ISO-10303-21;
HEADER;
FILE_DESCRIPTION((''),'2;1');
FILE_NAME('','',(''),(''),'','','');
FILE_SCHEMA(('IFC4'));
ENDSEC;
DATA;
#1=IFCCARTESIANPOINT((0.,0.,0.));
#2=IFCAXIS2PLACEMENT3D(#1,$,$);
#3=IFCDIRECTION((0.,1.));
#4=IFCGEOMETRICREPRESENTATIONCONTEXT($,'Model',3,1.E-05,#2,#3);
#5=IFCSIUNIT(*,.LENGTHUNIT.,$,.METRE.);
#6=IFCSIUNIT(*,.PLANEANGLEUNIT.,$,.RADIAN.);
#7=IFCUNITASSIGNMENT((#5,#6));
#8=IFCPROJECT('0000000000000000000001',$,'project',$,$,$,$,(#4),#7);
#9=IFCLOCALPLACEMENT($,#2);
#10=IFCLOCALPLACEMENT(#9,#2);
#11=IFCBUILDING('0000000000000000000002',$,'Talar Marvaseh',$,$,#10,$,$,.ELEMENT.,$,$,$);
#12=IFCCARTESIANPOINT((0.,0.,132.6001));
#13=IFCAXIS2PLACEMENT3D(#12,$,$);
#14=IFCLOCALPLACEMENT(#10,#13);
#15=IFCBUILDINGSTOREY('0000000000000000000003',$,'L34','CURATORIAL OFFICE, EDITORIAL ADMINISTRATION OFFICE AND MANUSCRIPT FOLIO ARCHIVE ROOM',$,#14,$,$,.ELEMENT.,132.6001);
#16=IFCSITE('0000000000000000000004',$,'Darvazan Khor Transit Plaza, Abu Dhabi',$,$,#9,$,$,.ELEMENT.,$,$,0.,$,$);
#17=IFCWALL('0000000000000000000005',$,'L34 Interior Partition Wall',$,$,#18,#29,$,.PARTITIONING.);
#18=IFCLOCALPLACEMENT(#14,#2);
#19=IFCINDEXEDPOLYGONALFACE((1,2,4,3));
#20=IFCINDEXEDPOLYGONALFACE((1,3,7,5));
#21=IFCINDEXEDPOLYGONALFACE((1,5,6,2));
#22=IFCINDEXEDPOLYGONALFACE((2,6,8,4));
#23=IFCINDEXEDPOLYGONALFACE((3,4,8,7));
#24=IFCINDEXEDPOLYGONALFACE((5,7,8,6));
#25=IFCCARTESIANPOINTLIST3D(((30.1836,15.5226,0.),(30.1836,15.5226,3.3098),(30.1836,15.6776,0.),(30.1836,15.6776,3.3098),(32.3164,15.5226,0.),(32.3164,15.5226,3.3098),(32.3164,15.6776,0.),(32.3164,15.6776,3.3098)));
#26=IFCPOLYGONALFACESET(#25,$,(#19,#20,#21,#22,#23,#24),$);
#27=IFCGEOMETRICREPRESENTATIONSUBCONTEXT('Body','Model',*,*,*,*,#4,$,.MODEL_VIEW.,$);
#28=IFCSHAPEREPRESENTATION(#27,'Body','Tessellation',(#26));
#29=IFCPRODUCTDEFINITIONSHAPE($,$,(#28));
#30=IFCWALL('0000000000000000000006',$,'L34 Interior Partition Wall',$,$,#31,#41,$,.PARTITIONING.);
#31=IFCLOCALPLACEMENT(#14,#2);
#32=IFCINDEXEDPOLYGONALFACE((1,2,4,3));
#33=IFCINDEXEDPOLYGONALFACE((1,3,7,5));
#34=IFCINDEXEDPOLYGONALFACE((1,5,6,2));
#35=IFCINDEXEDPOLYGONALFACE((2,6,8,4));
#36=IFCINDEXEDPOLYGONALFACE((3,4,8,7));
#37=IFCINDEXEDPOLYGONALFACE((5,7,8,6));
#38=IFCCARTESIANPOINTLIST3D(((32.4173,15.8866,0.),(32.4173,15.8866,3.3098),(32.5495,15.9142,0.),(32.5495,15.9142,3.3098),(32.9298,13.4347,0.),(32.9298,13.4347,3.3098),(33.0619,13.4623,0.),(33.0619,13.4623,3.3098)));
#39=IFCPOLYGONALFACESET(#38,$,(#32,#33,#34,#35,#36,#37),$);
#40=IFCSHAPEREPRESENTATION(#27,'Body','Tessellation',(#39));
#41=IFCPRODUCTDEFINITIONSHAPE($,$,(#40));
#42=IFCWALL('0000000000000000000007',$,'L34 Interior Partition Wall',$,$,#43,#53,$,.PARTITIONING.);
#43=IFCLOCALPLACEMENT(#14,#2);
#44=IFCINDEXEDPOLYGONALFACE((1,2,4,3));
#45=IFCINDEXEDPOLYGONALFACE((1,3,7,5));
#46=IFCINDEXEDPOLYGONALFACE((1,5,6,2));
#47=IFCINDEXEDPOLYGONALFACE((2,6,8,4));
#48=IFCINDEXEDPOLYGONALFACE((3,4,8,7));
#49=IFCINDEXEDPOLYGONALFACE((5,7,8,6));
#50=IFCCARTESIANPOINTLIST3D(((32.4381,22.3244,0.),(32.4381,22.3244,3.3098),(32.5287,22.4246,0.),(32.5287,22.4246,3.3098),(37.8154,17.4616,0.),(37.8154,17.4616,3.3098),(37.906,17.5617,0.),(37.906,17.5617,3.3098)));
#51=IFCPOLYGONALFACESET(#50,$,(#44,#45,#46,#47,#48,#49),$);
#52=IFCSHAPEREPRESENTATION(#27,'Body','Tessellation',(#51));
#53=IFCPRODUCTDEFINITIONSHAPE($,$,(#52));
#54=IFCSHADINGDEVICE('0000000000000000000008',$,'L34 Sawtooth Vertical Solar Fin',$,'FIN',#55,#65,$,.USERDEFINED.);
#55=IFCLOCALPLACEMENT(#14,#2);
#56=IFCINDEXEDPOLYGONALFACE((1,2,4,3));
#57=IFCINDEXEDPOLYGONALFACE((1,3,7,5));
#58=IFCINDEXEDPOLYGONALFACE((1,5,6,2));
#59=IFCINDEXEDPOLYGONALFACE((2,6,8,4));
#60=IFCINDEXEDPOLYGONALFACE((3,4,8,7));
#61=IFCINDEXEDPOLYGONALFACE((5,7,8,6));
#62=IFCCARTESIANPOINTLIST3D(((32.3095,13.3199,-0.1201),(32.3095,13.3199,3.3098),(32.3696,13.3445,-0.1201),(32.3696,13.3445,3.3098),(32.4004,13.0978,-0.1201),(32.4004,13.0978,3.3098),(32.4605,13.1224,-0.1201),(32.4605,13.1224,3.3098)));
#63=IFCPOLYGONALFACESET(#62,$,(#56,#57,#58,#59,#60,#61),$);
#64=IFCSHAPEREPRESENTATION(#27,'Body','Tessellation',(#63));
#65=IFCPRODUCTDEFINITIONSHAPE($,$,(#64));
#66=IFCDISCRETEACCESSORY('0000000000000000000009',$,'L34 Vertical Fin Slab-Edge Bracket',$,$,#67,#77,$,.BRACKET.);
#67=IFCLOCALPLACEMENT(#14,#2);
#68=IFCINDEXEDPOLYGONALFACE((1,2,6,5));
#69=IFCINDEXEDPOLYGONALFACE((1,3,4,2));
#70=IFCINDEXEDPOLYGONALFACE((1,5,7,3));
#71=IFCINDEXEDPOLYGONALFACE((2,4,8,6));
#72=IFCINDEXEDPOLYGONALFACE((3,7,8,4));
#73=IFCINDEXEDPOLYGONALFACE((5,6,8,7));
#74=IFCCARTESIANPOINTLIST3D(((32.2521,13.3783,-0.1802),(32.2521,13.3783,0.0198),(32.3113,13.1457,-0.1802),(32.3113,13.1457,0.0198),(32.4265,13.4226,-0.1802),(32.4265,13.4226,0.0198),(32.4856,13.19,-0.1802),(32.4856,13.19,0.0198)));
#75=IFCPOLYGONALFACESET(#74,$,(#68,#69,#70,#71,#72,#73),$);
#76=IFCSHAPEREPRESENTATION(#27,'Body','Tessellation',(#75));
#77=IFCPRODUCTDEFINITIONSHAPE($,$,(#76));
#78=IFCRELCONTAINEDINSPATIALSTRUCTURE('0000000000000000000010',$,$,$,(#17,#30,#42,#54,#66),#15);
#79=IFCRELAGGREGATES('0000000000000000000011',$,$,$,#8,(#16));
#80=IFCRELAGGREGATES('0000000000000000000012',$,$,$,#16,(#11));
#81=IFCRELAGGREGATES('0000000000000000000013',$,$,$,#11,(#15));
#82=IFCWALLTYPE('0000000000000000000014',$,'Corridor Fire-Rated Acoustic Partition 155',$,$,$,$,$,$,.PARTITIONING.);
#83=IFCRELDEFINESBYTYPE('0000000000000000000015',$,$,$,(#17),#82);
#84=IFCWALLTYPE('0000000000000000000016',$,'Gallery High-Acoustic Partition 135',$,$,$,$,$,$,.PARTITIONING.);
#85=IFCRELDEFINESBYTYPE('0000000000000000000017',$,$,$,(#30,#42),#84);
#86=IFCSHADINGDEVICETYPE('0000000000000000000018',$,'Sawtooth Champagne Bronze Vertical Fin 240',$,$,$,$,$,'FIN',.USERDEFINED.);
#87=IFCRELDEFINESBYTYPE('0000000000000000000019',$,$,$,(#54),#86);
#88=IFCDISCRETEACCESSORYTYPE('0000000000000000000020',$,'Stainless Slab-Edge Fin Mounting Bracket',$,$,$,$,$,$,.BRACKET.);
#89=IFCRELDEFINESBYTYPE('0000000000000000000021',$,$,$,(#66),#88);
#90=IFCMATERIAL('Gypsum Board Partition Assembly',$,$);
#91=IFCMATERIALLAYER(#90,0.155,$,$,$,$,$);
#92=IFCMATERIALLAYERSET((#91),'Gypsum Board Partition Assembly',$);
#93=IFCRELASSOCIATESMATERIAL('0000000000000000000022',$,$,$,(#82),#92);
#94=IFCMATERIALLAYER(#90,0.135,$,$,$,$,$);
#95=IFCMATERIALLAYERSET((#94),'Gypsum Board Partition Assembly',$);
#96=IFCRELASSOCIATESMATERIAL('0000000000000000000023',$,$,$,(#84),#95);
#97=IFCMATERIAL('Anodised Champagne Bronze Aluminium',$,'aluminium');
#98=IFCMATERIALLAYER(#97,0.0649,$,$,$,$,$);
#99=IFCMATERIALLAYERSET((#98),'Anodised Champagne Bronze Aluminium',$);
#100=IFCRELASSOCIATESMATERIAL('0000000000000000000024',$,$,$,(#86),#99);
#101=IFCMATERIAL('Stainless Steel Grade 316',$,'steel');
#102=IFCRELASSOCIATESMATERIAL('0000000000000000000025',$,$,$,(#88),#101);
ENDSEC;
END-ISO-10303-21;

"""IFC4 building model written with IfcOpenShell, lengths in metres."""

from ifc_helpers import new_model, si_unit, direction, frame, frame_2d, origin, origin_2d, place, context, subcontext, project, spatial, rectangle, extrude, source, transform, mapped, material, layer, layer_set, type_object, type_shapes, element, save


model = new_model("IFC4")

# Units and contexts
model_context = context("Model", 3, precision=1e-05, world=origin(), true_north=direction((0.0, 1.0)))
body_context = subcontext(model_context, "Body", "Model", "MODEL_VIEW")
ifc_project = project(units=[si_unit("LENGTHUNIT", "METRE"), si_unit("PLANEANGLEUNIT", "RADIAN")], contexts=[model_context])

# Site, building, storey
site_placement = place(None, origin())
site = spatial("IfcSite", under=ifc_project, at=site_placement, Name="Darvazan Khor Transit Plaza, Abu Dhabi", CompositionType="ELEMENT", RefElevation=0.0)
building_placement = place(site_placement, origin())
building = spatial("IfcBuilding", under=site, at=building_placement, Name="Talar Marvaseh", CompositionType="ELEMENT")
storey_placement = place(building_placement, frame((0.0, 0.0, 132.6001)))
storey = spatial("IfcBuildingStorey", under=building, at=storey_placement, Name="L34", Description="CURATORIAL OFFICE, EDITORIAL ADMINISTRATION OFFICE AND MANUSCRIPT FOLIO ARCHIVE ROOM", CompositionType="ELEMENT", Elevation=132.6001)

# Shared definitions
ifc_material_1 = material(Name="Gypsum Board Partition Assembly")
ifc_layer_1 = layer(ifc_material_1, 0.155)
ifc_layer_set_1 = layer_set([ifc_layer_1], Name="Gypsum Board Partition Assembly")
wall_type_1 = type_object("IfcWallType", Name="Corridor Fire-Rated Acoustic Partition 155", PredefinedType="PARTITIONING", material=ifc_layer_set_1)

# Walls
wall_1_placement = place(storey_placement, frame((32.3164, 15.6001, 0.0), z_axis=(0.0, 0.0, 1.0), x_axis=(-1.0, 0.0, 0.0)))
element("IfcWall", 1, at=wall_1_placement, inside=storey, type_object=wall_type_1, Name="L34 Interior Partition Wall", PredefinedType="PARTITIONING", context=body_context, shape_type="SweptSolid", body=[
    extrude(rectangle(XDim=2.1328, YDim=0.155, at=frame_2d((1.0664, 0.0))), origin(), (0.0, 0.0, 1.0), 3.3098),
])
ifc_layer_2 = layer(ifc_material_1, 0.135)
ifc_layer_set_2 = layer_set([ifc_layer_2], Name="Gypsum Board Partition Assembly")
wall_type_2 = type_object("IfcWallType", Name="Gallery High-Acoustic Partition 135", PredefinedType="PARTITIONING", material=ifc_layer_set_2)
wall_2_placement = place(storey_placement, frame((32.4834, 15.9004, 0.0), z_axis=(0.0, 0.0, 1.0), x_axis=(0.204581, -0.97885, 0.0)))
element("IfcWall", 2, at=wall_2_placement, inside=storey, type_object=wall_type_2, Name="L34 Interior Partition Wall", PredefinedType="PARTITIONING", context=body_context, shape_type="SweptSolid", body=[
    extrude(rectangle(XDim=2.5049, YDim=0.135, at=frame_2d((1.2524, 0.0))), origin(), (0.0, 0.0, 1.0), 3.3098),
])
wall_3_placement = place(storey_placement, frame((32.4834, 22.3745, 0.0), z_axis=(0.0, 0.0, 1.0), x_axis=(0.741693, -0.67074, 0.0)))
element("IfcWall", 3, at=wall_3_placement, inside=storey, type_object=wall_type_2, Name="L34 Interior Partition Wall", PredefinedType="PARTITIONING", context=body_context, shape_type="SweptSolid", body=[
    extrude(rectangle(XDim=7.25, YDim=0.135, at=frame_2d((3.625, 0.0))), origin(), (0.0, 0.0, 1.0), 3.3098),
])

# Shading device
ifc_material_2 = material(Name="Anodised Champagne Bronze Aluminium", Category="aluminium")
ifc_layer_3 = layer(ifc_material_2, 0.0649)
ifc_layer_set_3 = layer_set([ifc_layer_3], Name="Anodised Champagne Bronze Aluminium")
shading_device_type = type_object("IfcShadingDeviceType", Name="Sawtooth Champagne Bronze Vertical Fin 240", ElementType="FIN", PredefinedType="USERDEFINED", material=ifc_layer_set_3)
shared_shape_1 = source(origin(), body_context, "Body", "SweptSolid", [
    extrude(rectangle(XDim=0.24, YDim=0.0649, at=origin_2d()), origin(), (0.0, 0.0, 1.0), 3.4299),
])
type_shapes(shading_device_type, [shared_shape_1])
shading_device_placement = place(storey_placement, frame((32.385, 13.2212, -0.1201), z_axis=(0.0, 0.0, 1.0), x_axis=(0.37881, -0.925474, 0.0)))
element("IfcShadingDevice", 4, at=shading_device_placement, inside=storey, type_object=shading_device_type, Name="L34 Sawtooth Vertical Solar Fin", ObjectType="FIN", PredefinedType="USERDEFINED", context=body_context, shape_type="MappedRepresentation", body=[
    mapped(shared_shape_1, transform((0.0, 0.0, 0.0), x_axis=(1.0, 0.0, 0.0), y_axis=(0.0, 1.0, 0.0), z_axis=(0.0, 0.0, 1.0), scale=1.0)),
])

# Discrete accessory
ifc_material_3 = material(Name="Stainless Steel Grade 316", Category="steel")
discrete_accessory_type = type_object("IfcDiscreteAccessoryType", Name="Stainless Slab-Edge Fin Mounting Bracket", PredefinedType="BRACKET", material=ifc_material_3)
shared_shape_2 = source(origin(), body_context, "Body", "SweptSolid", [
    extrude(rectangle(XDim=0.24, YDim=0.1799, at=origin_2d()), origin(), (0.0, 0.0, 1.0), 0.2),
])
type_shapes(discrete_accessory_type, [shared_shape_2])
discrete_accessory_placement = place(storey_placement, frame((32.3689, 13.2842, -0.1802), z_axis=(0.0, 0.0, 1.0), x_axis=(0.246322, -0.969188, 0.0)))
element("IfcDiscreteAccessory", 5, at=discrete_accessory_placement, inside=storey, type_object=discrete_accessory_type, Name="L34 Vertical Fin Slab-Edge Bracket", PredefinedType="BRACKET", context=body_context, shape_type="MappedRepresentation", body=[
    mapped(shared_shape_2, transform((0.0, 0.0, 0.0), x_axis=(1.0, 0.0, 0.0), y_axis=(0.0, 1.0, 0.0), z_axis=(0.0, 0.0, 1.0), scale=1.0)),
])

save(model, "model.ifc")
